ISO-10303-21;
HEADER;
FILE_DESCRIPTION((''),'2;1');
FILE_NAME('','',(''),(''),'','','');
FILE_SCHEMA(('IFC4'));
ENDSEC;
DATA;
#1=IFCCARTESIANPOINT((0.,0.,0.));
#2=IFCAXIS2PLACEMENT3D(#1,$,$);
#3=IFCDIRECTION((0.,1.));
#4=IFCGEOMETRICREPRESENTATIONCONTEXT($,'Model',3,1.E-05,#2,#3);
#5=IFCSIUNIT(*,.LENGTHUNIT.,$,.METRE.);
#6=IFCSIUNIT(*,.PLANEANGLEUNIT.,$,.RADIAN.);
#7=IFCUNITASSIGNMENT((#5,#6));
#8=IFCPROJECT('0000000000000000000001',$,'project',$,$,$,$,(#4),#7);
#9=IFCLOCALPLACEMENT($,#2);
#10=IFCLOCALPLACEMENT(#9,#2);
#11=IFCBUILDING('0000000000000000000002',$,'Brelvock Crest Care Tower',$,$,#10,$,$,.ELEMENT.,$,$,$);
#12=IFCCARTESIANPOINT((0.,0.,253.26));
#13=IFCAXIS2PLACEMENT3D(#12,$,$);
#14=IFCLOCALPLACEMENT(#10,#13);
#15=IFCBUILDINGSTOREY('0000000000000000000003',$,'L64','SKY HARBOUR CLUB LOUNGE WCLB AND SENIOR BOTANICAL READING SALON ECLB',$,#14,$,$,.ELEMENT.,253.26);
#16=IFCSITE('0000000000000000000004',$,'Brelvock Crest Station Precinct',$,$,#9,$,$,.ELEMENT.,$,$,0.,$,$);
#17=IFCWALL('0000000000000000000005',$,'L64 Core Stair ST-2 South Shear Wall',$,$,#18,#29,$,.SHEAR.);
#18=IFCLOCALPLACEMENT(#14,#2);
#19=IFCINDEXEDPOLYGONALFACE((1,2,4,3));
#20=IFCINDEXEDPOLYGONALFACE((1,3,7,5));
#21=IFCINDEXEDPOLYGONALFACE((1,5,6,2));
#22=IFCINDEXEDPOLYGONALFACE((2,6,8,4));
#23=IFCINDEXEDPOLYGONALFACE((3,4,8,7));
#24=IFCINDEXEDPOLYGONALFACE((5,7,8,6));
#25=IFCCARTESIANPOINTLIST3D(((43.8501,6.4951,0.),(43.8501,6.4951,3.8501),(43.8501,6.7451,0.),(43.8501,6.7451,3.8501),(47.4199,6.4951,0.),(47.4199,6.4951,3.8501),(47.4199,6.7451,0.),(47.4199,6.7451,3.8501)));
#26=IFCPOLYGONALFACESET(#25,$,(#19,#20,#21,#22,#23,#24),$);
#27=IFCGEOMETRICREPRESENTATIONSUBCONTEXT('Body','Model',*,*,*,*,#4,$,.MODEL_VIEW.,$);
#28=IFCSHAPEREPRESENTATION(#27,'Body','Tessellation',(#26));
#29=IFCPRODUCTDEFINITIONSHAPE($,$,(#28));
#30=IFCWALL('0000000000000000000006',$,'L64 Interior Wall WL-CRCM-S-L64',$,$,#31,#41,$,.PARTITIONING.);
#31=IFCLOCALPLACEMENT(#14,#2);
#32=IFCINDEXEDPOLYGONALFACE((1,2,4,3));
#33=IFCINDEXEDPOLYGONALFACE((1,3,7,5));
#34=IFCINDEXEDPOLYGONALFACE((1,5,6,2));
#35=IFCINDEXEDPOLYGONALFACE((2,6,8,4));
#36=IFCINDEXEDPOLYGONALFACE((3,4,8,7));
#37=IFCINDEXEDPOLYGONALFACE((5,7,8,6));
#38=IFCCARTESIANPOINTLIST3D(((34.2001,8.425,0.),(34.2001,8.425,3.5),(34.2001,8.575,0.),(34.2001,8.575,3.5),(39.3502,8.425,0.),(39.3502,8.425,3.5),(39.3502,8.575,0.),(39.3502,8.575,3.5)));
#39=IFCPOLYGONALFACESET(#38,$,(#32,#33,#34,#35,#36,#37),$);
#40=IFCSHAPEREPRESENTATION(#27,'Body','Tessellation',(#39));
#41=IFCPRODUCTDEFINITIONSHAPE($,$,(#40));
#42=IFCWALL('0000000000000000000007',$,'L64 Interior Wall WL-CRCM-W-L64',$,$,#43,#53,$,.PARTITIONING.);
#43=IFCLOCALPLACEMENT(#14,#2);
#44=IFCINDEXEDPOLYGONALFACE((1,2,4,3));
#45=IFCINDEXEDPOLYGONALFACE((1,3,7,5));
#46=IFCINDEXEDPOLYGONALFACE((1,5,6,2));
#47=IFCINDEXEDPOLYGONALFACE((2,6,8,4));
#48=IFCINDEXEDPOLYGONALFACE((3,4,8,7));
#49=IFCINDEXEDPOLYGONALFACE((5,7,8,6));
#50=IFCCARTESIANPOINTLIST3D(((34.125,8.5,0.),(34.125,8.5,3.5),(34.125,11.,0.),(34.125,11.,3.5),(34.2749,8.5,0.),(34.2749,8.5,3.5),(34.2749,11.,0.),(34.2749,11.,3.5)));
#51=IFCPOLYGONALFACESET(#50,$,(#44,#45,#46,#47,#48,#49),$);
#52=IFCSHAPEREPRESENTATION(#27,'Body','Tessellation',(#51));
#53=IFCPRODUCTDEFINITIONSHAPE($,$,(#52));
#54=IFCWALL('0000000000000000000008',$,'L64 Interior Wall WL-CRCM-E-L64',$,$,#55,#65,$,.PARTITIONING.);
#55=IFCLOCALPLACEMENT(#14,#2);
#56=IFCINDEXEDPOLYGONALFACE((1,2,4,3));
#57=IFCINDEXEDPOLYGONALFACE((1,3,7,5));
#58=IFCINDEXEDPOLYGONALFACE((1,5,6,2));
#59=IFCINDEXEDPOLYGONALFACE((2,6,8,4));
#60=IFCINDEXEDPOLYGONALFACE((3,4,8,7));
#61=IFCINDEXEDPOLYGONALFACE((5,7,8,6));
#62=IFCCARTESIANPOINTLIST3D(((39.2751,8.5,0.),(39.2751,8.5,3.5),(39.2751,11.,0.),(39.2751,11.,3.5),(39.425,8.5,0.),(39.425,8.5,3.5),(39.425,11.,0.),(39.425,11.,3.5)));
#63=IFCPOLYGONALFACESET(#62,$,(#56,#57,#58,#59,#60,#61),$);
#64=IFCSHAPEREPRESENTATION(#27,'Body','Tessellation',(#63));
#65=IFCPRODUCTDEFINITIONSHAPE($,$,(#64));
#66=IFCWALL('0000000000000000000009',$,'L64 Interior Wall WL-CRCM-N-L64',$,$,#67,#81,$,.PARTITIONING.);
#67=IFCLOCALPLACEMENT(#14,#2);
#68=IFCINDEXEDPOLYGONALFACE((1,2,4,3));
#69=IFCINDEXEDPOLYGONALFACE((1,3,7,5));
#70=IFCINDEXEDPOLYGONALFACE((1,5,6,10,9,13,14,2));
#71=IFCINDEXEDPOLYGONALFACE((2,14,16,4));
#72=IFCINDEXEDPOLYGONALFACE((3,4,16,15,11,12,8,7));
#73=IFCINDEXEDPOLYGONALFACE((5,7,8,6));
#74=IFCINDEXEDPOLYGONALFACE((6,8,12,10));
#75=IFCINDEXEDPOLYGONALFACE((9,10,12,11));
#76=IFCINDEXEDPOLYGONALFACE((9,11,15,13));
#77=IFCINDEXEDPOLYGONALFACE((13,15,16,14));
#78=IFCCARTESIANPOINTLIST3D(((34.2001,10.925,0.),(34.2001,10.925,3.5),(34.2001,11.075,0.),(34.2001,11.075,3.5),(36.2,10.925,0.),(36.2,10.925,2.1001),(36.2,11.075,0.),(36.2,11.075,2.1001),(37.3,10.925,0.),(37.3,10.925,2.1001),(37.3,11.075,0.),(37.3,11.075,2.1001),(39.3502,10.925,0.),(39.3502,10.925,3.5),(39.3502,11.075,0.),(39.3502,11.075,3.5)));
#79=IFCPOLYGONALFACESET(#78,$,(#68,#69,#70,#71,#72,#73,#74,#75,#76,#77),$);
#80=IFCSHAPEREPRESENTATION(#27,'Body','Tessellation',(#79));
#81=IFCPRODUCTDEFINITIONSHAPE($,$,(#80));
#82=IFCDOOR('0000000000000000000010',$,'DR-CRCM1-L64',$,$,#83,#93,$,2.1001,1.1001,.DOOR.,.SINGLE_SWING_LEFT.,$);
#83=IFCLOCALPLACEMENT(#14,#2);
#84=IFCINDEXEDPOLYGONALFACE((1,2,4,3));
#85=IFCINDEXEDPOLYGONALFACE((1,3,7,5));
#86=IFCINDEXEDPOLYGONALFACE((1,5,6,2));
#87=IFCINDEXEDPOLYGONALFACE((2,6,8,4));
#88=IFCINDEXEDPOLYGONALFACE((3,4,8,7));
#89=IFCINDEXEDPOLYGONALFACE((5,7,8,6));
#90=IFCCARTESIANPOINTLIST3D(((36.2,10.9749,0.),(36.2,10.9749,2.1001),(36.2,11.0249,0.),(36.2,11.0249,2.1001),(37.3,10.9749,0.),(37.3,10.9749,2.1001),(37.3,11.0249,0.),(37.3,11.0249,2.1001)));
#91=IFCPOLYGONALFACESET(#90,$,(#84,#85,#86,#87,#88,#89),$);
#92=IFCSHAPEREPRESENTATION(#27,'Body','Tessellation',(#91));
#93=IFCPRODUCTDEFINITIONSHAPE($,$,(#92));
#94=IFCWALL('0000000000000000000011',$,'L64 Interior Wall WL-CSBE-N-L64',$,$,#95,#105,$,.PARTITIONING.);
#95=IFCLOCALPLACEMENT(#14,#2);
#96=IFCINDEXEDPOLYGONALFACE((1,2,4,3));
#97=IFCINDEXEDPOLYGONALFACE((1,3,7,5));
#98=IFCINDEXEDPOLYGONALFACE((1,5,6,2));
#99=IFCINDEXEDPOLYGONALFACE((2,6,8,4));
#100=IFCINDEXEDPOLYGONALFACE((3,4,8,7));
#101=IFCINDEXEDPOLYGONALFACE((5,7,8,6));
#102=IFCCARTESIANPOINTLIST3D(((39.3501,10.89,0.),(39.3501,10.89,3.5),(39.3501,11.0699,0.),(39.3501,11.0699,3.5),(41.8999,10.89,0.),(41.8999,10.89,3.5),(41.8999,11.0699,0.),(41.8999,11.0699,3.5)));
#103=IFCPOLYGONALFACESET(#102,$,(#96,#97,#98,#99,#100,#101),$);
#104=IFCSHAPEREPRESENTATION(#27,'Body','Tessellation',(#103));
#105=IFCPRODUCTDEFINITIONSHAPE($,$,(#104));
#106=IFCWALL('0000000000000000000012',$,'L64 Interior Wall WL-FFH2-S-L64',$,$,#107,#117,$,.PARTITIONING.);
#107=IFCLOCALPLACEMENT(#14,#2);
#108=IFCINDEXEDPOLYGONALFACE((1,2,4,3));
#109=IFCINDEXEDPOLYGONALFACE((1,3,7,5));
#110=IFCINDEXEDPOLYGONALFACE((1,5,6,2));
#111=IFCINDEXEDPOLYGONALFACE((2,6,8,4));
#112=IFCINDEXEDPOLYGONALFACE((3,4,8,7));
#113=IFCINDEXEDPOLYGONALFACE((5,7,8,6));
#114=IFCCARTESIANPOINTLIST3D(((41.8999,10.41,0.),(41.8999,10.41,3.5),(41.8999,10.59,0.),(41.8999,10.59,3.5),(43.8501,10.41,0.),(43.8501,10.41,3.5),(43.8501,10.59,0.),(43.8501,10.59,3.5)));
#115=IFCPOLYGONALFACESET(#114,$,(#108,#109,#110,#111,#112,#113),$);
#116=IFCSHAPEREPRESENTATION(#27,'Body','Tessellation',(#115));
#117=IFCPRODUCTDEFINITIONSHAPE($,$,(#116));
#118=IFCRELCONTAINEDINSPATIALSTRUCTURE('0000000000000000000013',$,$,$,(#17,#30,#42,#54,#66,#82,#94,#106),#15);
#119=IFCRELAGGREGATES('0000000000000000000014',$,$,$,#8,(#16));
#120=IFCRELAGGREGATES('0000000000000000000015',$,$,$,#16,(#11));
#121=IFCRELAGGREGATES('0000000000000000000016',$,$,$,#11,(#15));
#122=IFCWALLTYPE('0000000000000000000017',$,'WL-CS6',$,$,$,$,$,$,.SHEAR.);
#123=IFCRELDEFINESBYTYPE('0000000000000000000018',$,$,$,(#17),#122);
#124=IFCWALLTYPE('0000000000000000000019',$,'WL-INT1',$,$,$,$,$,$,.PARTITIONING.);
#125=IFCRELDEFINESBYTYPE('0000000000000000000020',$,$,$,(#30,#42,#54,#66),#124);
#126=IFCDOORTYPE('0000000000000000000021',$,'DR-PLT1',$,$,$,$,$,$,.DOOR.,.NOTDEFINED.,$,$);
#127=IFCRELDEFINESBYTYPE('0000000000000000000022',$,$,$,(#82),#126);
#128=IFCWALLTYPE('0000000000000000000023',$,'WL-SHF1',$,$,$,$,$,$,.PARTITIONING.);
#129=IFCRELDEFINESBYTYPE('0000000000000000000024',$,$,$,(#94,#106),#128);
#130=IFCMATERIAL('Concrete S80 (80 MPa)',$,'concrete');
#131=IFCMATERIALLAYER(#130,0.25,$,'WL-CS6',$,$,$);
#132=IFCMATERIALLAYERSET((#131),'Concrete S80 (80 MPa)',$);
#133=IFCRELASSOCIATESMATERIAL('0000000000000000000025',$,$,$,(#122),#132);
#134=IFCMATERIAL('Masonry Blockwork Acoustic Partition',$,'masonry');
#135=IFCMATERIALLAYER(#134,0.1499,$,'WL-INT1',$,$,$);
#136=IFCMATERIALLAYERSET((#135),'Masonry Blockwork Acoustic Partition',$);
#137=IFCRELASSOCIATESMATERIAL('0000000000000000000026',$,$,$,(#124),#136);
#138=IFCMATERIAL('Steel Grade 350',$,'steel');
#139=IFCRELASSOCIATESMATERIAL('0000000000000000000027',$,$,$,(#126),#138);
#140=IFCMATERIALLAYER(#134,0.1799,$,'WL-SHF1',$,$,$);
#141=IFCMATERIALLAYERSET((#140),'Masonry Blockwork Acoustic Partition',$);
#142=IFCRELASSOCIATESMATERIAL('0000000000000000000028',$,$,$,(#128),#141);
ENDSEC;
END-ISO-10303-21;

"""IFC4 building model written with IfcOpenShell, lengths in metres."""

from ifc_helpers import new_model, si_unit, direction, frame, frame_2d, origin, origin_2d, place, context, subcontext, project, spatial, rectangle, extrude, source, transform, mapped, material, layer, layer_set, type_object, element, fill, save


model = new_model("IFC4")

# Units and contexts
model_context = context("Model", 3, precision=1e-05, world=origin(), true_north=direction((0.0, 1.0)))
body_context = subcontext(model_context, "Body", "Model", "MODEL_VIEW")
ifc_project = project(units=[si_unit("LENGTHUNIT", "METRE"), si_unit("PLANEANGLEUNIT", "RADIAN")], contexts=[model_context])

# Site, building, storey
site_placement = place(None, origin())
site = spatial("IfcSite", under=ifc_project, at=site_placement, Name="Brelvock Crest Station Precinct", CompositionType="ELEMENT", RefElevation=0.0)
building_placement = place(site_placement, origin())
building = spatial("IfcBuilding", under=site, at=building_placement, Name="Brelvock Crest Care Tower", CompositionType="ELEMENT")
storey_placement = place(building_placement, frame((0.0, 0.0, 253.26)))
storey = spatial("IfcBuildingStorey", under=building, at=storey_placement, Name="L64", Description="SKY HARBOUR CLUB LOUNGE WCLB AND SENIOR BOTANICAL READING SALON ECLB", CompositionType="ELEMENT", Elevation=253.26)

# Shared definitions
ifc_material_1 = material(Name="Steel Grade 350", Category="steel")

# Walls
ifc_material_2 = material(Name="Concrete S80 (80 MPa)", Category="concrete")
ifc_layer_1 = layer(ifc_material_2, 0.25, Name="WL-CS6")
ifc_layer_set_1 = layer_set([ifc_layer_1], Name="Concrete S80 (80 MPa)")
wall_type_1 = type_object("IfcWallType", Name="WL-CS6", PredefinedType="SHEAR", material=ifc_layer_set_1)
wall_1_placement = place(storey_placement, frame((43.8501, 6.6201, 0.0), z_axis=(0.0, 0.0, 1.0), x_axis=(1.0, 0.0, 0.0)))
element("IfcWall", 1, at=wall_1_placement, inside=storey, type_object=wall_type_1, Name="L64 Core Stair ST-2 South Shear Wall", PredefinedType="SHEAR", context=body_context, shape_type="SweptSolid", body=[
    extrude(rectangle(XDim=3.5698, YDim=0.25, at=frame_2d((1.7849, 0.0))), origin(), (0.0, 0.0, 1.0), 3.8501),
])
ifc_material_3 = material(Name="Masonry Blockwork Acoustic Partition", Category="masonry")
ifc_layer_2 = layer(ifc_material_3, 0.1499, Name="WL-INT1")
ifc_layer_set_2 = layer_set([ifc_layer_2], Name="Masonry Blockwork Acoustic Partition")
wall_type_2 = type_object("IfcWallType", Name="WL-INT1", PredefinedType="PARTITIONING", material=ifc_layer_set_2)
wall_2_placement = place(storey_placement, frame((34.2, 8.5, 0.0), z_axis=(0.0, 0.0, 1.0), x_axis=(1.0, 0.0, 0.0)))
element("IfcWall", 2, at=wall_2_placement, inside=storey, type_object=wall_type_2, Name="L64 Interior Wall WL-CRCM-S-L64", PredefinedType="PARTITIONING", context=body_context, shape_type="SweptSolid", body=[
    extrude(rectangle(XDim=5.1501, YDim=0.1499, at=frame_2d((2.5752, 0.0))), origin(), (0.0, 0.0, 1.0), 3.5),
])
for number, where, z_axis, x_axis, name in (
    (3, (34.2, 8.5, 0.0), (0.0, 0.0, 1.0), (0.0, 1.0, 0.0), "L64 Interior Wall WL-CRCM-W-L64"),
    (4, (39.3501, 8.5, 0.0), (0.0, 0.0, 1.0), (0.0, 1.0, 0.0), "L64 Interior Wall WL-CRCM-E-L64"),
):
    element("IfcWall", number, at=place(storey_placement, frame(where, z_axis=z_axis, x_axis=x_axis)), inside=storey, type_object=wall_type_2, Name=name, PredefinedType="PARTITIONING", context=body_context, shape_type="SweptSolid", body=[
        extrude(rectangle(XDim=2.5, YDim=0.1499, at=frame_2d((1.25, 0.0))), origin(), (0.0, 0.0, 1.0), 3.5),
    ])

# Wall, opening, door
wall_3_placement = place(storey_placement, frame((34.2, 11.0, 0.0), z_axis=(0.0, 0.0, 1.0), x_axis=(1.0, 0.0, 0.0)))
wall_3 = element("IfcWall", 5, at=wall_3_placement, inside=storey, type_object=wall_type_2, Name="L64 Interior Wall WL-CRCM-N-L64", PredefinedType="PARTITIONING", context=body_context, shape_type="SweptSolid", body=[
    extrude(rectangle(XDim=5.1501, YDim=0.1499, at=frame_2d((2.5752, 0.0))), origin(), (0.0, 0.0, 1.0), 3.5),
])
opening_1_placement = place(wall_3_placement, frame((2.0, 0.0, 0.0)))
opening_1 = element("IfcOpeningElement", 6, at=opening_1_placement, cuts=wall_3, PredefinedType="OPENING", context=body_context, shape_type="SweptSolid", body=[
    extrude(rectangle(XDim=1.1001, YDim=2.1001, at=origin_2d()), frame((0.55, 0.085, 1.05), z_axis=(0.0, -1.0, 0.0), x_axis=(1.0, 0.0, 0.0)), (0.0, 0.0, 1.0), 0.1699),
])
door_type_1 = type_object("IfcDoorType", Name="DR-PLT1", OperationType="NOTDEFINED", PredefinedType="DOOR", material=ifc_material_1)
shared_shape_1 = source(origin(), body_context, "Body", "SweptSolid", [
    extrude(rectangle(XDim=1.1001, YDim=2.1001, at=origin_2d()), frame((0.55, 0.0249, 1.05), z_axis=(0.0, -1.0, 0.0), x_axis=(1.0, 0.0, 0.0)), (0.0, 0.0, 1.0), 0.05),
])
door_1_placement = place(opening_1_placement, origin())
door_1 = element("IfcDoor", 7, at=door_1_placement, inside=storey, type_object=door_type_1, Name="DR-CRCM1-L64", OperationType="SINGLE_SWING_LEFT", OverallHeight=2.1001, OverallWidth=1.1001, PredefinedType="DOOR", context=body_context, shape_type="MappedRepresentation", body=[
    mapped(shared_shape_1, transform((0.0, 0.0, 0.0), x_axis=(1.0, 0.0, 0.0), y_axis=(0.0, 1.0, 0.0), z_axis=(0.0, 0.0, 1.0), scale=1.0)),
])
fill(opening_1, door_1)

# Walls
ifc_layer_3 = layer(ifc_material_3, 0.1799, Name="WL-SHF1")
ifc_layer_set_3 = layer_set([ifc_layer_3], Name="Masonry Blockwork Acoustic Partition")
wall_type_3 = type_object("IfcWallType", Name="WL-SHF1", PredefinedType="PARTITIONING", material=ifc_layer_set_3)
wall_4_placement = place(storey_placement, frame((39.3501, 10.98, 0.0), z_axis=(0.0, 0.0, 1.0), x_axis=(1.0, 0.0, 0.0)))
element("IfcWall", 8, at=wall_4_placement, inside=storey, type_object=wall_type_3, Name="L64 Interior Wall WL-CSBE-N-L64", PredefinedType="PARTITIONING", context=body_context, shape_type="SweptSolid", body=[
    extrude(rectangle(XDim=2.5498, YDim=0.1799, at=frame_2d((1.2749, 0.0))), origin(), (0.0, 0.0, 1.0), 3.5),
])
wall_5_placement = place(storey_placement, frame((41.8999, 10.5, 0.0), z_axis=(0.0, 0.0, 1.0), x_axis=(1.0, 0.0, 0.0)))
element("IfcWall", 9, at=wall_5_placement, inside=storey, type_object=wall_type_3, Name="L64 Interior Wall WL-FFH2-S-L64", PredefinedType="PARTITIONING", context=body_context, shape_type="SweptSolid", body=[
    extrude(rectangle(XDim=1.9502, YDim=0.1799, at=frame_2d((0.9751, 0.0))), origin(), (0.0, 0.0, 1.0), 3.5),
])

save(model, "model.ifc")
